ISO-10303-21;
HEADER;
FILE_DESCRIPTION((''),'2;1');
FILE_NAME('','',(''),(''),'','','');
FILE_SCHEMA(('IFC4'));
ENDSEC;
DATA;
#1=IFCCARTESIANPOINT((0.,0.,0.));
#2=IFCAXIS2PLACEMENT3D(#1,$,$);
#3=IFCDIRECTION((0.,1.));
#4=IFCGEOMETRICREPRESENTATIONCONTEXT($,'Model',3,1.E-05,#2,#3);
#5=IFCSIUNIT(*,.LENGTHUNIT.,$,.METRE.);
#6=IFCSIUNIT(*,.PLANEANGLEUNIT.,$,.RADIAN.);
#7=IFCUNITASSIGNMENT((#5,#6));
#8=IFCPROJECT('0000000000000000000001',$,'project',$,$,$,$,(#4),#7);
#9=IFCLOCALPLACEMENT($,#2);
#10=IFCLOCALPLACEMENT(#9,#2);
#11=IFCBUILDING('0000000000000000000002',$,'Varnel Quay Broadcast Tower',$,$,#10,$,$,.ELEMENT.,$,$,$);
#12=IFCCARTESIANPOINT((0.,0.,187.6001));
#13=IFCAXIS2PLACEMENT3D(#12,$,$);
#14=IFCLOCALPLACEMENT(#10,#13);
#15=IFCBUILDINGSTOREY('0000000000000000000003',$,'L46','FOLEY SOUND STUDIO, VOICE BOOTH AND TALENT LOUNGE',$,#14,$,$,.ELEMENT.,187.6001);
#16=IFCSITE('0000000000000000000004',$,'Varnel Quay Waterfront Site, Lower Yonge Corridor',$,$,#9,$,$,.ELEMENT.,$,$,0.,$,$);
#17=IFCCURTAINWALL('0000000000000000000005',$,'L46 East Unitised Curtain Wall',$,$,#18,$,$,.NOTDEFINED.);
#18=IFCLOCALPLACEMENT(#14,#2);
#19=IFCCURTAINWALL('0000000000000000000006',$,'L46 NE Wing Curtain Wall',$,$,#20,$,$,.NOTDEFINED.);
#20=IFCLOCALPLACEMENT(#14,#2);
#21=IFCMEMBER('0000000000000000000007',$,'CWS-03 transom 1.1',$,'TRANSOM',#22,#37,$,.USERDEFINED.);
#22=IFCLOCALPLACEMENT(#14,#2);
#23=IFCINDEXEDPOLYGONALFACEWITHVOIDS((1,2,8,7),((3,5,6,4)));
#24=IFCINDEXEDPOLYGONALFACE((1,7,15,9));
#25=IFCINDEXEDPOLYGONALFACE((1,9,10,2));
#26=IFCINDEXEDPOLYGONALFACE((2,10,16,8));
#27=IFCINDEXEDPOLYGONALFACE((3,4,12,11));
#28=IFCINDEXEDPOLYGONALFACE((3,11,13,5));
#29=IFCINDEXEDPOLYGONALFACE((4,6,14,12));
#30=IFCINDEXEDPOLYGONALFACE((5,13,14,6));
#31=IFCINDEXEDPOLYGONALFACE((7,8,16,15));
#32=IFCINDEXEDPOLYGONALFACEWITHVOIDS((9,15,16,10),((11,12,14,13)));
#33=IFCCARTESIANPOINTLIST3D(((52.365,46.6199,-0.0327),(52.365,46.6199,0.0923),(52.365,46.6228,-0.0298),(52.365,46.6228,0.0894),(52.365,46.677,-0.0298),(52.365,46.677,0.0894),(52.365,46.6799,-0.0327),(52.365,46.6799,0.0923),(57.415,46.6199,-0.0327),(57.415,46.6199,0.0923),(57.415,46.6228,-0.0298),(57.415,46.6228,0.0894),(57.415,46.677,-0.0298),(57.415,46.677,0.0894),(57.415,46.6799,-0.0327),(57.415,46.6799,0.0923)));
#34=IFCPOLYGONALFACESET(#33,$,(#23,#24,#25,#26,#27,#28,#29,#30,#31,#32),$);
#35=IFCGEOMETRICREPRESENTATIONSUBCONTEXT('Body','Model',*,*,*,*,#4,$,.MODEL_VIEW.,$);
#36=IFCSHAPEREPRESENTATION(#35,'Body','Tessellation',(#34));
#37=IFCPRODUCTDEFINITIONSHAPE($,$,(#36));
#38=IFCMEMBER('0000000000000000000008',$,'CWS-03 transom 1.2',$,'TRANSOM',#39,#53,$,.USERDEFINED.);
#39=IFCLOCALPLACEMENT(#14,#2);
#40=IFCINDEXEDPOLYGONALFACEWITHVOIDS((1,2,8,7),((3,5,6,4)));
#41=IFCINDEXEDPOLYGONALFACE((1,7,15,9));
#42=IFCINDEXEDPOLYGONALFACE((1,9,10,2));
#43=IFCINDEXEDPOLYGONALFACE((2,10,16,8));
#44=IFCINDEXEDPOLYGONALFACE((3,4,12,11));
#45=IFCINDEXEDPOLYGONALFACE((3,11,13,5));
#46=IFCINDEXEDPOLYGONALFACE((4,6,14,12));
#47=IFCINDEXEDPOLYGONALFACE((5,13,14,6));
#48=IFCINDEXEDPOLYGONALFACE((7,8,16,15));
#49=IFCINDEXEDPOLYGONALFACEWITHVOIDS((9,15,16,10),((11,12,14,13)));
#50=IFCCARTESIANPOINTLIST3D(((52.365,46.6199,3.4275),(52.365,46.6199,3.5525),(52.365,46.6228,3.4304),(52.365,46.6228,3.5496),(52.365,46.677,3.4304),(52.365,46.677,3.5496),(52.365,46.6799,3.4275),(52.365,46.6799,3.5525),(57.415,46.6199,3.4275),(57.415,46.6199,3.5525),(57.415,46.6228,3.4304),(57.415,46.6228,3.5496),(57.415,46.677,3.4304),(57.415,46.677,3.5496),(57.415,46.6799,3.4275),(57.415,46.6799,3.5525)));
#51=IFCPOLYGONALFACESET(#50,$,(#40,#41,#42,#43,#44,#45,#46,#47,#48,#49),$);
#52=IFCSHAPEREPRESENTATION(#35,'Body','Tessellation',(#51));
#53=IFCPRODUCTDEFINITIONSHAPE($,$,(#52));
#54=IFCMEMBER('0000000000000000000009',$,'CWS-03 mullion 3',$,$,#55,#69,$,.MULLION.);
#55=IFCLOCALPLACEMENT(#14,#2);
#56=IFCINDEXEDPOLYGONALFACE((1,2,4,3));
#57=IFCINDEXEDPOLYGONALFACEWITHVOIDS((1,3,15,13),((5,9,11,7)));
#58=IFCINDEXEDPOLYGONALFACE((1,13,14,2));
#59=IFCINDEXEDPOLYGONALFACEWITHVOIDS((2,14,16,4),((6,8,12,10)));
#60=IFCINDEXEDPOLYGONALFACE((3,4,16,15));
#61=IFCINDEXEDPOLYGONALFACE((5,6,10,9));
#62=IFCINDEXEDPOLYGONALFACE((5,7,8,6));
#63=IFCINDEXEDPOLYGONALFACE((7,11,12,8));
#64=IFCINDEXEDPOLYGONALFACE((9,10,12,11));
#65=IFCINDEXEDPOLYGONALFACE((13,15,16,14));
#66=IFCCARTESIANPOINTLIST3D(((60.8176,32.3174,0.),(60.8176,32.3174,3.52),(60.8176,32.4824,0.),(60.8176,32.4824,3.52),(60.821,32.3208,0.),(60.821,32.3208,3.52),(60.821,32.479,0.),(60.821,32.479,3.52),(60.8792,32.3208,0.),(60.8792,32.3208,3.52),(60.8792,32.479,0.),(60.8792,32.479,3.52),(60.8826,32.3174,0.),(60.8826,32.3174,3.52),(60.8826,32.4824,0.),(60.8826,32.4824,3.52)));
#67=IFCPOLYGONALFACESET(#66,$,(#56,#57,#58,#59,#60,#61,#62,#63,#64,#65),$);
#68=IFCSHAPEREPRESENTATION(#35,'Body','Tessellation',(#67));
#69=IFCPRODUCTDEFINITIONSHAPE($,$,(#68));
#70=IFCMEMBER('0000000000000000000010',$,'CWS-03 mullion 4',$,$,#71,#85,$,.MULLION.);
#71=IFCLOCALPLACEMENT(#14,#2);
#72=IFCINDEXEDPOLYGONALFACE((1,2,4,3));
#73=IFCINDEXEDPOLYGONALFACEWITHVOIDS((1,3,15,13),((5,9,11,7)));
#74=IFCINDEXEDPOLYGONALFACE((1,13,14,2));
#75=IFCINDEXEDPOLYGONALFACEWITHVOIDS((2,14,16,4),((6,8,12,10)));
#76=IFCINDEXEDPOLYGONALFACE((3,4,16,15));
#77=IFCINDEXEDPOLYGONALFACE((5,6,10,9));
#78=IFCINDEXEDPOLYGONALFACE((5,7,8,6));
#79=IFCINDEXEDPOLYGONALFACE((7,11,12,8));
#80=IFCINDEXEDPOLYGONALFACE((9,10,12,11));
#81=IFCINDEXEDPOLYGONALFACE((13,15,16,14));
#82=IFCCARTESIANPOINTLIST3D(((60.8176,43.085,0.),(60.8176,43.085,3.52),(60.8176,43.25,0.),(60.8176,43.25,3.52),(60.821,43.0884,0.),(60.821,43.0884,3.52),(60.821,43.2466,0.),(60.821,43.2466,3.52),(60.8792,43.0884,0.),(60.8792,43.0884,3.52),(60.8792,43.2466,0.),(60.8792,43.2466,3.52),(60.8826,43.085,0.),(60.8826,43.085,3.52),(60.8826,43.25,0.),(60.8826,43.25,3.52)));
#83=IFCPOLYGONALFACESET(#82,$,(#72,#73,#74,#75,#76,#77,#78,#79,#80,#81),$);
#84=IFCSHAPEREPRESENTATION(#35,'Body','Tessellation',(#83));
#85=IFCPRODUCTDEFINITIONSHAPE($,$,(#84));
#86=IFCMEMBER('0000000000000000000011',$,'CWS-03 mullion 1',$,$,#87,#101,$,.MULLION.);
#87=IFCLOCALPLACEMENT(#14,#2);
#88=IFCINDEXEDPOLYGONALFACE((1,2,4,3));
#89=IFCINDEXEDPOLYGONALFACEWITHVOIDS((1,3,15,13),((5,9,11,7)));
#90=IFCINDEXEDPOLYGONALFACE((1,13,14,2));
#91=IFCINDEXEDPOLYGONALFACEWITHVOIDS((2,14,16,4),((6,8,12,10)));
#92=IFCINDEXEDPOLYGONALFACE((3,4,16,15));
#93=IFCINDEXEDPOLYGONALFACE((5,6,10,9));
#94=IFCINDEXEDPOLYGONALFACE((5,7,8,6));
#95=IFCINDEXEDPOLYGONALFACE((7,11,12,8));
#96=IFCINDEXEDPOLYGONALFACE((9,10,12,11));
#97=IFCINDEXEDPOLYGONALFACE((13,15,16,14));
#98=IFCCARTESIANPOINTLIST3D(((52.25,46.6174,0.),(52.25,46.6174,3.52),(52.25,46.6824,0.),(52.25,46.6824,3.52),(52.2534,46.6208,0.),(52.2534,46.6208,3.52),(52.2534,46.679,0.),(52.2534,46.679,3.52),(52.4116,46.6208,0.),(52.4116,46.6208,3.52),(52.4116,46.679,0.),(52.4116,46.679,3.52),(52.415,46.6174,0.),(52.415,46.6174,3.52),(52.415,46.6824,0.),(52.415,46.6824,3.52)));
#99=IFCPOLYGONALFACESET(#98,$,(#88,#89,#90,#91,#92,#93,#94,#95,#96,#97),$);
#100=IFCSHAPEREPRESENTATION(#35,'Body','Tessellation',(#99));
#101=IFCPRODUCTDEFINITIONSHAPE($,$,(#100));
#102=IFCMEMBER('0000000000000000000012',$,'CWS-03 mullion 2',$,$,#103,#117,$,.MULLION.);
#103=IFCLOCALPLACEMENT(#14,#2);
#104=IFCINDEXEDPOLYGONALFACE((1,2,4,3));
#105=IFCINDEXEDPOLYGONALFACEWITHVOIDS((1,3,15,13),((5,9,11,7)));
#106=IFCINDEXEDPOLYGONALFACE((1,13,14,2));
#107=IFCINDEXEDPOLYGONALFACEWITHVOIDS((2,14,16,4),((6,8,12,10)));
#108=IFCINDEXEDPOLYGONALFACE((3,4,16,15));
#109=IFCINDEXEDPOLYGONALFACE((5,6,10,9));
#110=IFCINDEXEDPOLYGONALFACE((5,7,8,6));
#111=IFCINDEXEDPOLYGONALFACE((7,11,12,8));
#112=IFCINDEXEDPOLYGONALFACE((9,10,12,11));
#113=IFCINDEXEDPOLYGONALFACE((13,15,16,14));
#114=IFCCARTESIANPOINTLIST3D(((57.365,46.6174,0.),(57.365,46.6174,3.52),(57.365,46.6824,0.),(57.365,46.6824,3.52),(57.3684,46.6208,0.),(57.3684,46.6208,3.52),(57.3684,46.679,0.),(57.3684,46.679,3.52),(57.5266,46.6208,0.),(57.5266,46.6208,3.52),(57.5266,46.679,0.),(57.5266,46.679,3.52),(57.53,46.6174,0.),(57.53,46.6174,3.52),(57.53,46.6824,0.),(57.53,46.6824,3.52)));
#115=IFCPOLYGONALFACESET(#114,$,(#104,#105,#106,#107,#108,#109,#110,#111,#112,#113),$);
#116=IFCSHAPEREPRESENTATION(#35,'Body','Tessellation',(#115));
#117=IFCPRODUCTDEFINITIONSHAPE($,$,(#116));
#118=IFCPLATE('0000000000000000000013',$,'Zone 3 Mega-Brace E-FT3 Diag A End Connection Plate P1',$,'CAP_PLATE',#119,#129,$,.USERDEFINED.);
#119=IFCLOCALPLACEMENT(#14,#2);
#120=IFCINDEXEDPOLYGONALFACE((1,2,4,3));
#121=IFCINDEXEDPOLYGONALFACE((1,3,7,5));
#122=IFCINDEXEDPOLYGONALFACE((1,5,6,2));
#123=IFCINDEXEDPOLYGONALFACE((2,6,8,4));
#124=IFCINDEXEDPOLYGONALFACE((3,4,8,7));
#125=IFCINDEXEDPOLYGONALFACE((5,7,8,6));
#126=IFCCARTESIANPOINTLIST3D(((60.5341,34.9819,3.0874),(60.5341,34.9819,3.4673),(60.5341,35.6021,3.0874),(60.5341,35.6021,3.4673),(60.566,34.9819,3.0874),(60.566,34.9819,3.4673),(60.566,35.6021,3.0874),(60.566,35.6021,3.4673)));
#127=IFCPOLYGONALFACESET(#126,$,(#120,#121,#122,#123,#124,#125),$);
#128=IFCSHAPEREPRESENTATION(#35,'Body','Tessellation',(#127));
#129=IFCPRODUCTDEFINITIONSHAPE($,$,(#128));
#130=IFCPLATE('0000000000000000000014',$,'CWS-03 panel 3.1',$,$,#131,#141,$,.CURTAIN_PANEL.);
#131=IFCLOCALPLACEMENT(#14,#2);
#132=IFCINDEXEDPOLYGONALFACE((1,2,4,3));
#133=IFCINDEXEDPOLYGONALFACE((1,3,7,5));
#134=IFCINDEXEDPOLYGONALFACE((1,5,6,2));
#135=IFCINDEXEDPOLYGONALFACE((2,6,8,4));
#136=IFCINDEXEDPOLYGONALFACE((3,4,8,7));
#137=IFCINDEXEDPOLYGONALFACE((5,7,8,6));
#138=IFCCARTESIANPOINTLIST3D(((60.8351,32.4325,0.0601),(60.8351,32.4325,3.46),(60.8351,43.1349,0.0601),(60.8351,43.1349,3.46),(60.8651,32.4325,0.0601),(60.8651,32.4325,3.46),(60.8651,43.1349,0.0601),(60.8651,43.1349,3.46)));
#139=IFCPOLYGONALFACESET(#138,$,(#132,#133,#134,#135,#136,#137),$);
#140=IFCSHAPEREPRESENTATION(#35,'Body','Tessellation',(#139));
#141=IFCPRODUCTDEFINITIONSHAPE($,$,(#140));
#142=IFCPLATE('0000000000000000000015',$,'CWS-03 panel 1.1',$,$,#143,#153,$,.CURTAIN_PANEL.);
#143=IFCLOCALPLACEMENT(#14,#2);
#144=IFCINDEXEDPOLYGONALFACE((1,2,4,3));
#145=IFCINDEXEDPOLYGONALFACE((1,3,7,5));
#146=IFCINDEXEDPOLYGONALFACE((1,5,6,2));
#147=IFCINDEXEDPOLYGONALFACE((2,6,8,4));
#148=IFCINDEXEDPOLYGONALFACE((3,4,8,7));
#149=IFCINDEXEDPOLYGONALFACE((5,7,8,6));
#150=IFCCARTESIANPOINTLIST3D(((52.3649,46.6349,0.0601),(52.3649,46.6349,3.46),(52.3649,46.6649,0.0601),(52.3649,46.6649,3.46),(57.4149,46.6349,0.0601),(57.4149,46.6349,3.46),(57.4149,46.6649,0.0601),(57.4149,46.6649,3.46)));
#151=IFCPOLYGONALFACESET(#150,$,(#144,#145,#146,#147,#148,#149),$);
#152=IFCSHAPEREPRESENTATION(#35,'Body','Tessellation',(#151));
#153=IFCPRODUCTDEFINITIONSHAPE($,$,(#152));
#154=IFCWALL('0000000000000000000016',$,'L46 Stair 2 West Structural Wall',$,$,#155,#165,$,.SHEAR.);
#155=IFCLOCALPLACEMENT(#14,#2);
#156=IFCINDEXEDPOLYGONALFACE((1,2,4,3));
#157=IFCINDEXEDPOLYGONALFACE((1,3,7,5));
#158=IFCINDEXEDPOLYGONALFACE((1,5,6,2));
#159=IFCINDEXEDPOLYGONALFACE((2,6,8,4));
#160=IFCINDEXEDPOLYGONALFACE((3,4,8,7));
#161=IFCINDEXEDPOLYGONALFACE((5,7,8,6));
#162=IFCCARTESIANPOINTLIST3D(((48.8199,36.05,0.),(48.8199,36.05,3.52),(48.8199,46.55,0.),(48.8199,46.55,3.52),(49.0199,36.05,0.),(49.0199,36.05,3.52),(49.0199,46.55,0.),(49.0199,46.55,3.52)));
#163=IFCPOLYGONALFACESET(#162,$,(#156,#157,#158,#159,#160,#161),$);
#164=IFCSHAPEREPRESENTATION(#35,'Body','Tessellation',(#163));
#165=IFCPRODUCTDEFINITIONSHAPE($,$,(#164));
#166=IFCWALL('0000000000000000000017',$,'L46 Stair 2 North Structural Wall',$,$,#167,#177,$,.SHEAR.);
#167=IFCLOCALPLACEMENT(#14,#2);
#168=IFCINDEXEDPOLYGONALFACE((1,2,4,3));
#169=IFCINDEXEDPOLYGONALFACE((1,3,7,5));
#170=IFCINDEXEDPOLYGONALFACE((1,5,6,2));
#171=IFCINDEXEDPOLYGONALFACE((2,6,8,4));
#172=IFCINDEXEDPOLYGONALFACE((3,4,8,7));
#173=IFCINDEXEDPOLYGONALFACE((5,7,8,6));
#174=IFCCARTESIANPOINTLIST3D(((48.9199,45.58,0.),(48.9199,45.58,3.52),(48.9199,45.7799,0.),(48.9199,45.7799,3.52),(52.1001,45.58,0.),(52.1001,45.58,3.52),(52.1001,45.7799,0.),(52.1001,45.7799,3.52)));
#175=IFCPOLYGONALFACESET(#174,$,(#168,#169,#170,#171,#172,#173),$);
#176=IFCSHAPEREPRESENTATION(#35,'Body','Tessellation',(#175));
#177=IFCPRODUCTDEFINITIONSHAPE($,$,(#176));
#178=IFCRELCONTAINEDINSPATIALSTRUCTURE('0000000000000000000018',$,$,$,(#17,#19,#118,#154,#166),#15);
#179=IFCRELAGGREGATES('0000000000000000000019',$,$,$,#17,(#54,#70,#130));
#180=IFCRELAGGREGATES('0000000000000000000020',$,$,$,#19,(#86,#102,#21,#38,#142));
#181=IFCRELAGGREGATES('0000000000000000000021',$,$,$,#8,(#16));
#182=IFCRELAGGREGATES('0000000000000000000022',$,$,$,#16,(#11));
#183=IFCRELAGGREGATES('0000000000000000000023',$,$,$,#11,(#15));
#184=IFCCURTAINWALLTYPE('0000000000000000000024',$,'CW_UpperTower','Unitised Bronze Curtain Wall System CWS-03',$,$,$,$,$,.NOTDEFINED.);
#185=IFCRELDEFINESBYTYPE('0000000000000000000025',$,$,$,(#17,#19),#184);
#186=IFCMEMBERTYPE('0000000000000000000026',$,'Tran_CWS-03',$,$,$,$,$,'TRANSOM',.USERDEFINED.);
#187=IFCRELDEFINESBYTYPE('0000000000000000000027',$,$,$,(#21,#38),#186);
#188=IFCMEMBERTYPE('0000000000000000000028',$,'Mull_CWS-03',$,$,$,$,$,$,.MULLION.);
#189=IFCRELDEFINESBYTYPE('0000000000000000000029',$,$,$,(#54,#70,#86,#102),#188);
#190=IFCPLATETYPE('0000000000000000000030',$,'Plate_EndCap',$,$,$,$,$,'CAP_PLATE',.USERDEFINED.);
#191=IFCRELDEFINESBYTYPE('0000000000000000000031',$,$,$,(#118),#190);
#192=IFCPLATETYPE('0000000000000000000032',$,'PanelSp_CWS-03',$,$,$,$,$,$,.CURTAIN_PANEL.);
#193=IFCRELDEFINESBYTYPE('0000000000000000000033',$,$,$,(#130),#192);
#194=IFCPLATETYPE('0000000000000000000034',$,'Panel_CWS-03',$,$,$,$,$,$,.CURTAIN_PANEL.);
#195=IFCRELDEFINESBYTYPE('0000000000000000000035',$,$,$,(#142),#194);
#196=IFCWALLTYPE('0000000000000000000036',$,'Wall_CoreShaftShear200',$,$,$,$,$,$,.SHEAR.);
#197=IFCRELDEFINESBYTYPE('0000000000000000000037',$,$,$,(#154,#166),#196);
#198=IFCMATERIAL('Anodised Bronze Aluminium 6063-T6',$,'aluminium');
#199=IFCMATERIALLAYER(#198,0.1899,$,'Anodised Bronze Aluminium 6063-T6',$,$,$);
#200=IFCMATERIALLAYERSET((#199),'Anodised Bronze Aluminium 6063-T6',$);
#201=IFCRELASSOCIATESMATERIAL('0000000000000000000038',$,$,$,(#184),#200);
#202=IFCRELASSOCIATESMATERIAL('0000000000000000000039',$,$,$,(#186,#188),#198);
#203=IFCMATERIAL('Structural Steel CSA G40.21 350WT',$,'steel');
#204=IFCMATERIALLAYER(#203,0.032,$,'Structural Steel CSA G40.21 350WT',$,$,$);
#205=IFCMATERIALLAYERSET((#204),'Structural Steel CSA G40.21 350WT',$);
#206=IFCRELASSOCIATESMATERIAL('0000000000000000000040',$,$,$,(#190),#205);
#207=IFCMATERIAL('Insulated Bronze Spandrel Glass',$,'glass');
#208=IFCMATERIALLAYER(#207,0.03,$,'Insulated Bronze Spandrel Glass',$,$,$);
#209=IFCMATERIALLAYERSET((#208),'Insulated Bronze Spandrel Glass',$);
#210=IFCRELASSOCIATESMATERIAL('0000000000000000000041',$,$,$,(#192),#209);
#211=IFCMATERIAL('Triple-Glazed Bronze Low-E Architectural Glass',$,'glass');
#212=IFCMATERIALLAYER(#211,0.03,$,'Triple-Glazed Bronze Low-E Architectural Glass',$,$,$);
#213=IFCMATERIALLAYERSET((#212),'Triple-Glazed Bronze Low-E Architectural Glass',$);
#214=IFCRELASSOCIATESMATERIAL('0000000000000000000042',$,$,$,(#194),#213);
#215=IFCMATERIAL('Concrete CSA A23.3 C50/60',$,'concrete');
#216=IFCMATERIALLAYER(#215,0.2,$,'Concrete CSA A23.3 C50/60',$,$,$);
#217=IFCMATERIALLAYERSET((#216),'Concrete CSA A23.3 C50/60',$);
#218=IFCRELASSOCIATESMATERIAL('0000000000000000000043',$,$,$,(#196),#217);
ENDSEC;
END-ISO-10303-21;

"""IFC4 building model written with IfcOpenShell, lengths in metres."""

from ifc_helpers import new_model, si_unit, direction, frame, frame_2d, origin, origin_2d, place, context, subcontext, project, spatial, rectangle, hollow_rectangle, extrude, source, transform, mapped, material, layer, layer_set, material_profile, profile_set, type_object, type_shapes, element, aggregate, save


model = new_model("IFC4")

# Units and contexts
model_context = context("Model", 3, precision=1e-05, world=origin(), true_north=direction((0.0, 1.0)))
body_context = subcontext(model_context, "Body", "Model", "MODEL_VIEW")
ifc_project = project(units=[si_unit("LENGTHUNIT", "METRE"), si_unit("PLANEANGLEUNIT", "RADIAN")], contexts=[model_context])

# Site, building, storey
site_placement = place(None, origin())
site = spatial("IfcSite", under=ifc_project, at=site_placement, Name="Varnel Quay Waterfront Site, Lower Yonge Corridor", CompositionType="ELEMENT", RefElevation=0.0)
building_placement = place(site_placement, origin())
building = spatial("IfcBuilding", under=site, at=building_placement, Name="Varnel Quay Broadcast Tower", CompositionType="ELEMENT")
storey_placement = place(building_placement, frame((0.0, 0.0, 187.6001)))
storey = spatial("IfcBuildingStorey", under=building, at=storey_placement, Name="L46", Description="FOLEY SOUND STUDIO, VOICE BOOTH AND TALENT LOUNGE", CompositionType="ELEMENT", Elevation=187.6001)

# Shared definitions
ifc_material_1 = material(Name="Structural Steel CSA G40.21 350WT", Category="steel")

# Curtain walls, members
ifc_material_2 = material(Name="Anodised Bronze Aluminium 6063-T6", Category="aluminium")
ifc_layer_1 = layer(ifc_material_2, 0.1899, Name="Anodised Bronze Aluminium 6063-T6")
ifc_layer_set_1 = layer_set([ifc_layer_1], Name="Anodised Bronze Aluminium 6063-T6")
curtain_wall_type = type_object("IfcCurtainWallType", Name="CW_UpperTower", Description="Unitised Bronze Curtain Wall System CWS-03", PredefinedType="NOTDEFINED", material=ifc_layer_set_1)
curtain_wall_1_placement = place(storey_placement, origin())
curtain_wall_1 = element("IfcCurtainWall", 1, at=curtain_wall_1_placement, inside=storey, type_object=curtain_wall_type, Name="L46 East Unitised Curtain Wall", PredefinedType="NOTDEFINED")
ifc_material_profile_1 = material_profile(ifc_material_2, hollow_rectangle(XDim=0.0601, YDim=0.125, WallThickness=0.0029, at=origin_2d()), Name="ALU60X125X3")
ifc_profile_set_1 = profile_set([ifc_material_profile_1], Name="Anodised Bronze Aluminium 6063-T6")
member_type_1 = type_object("IfcMemberType", Name="Tran_CWS-03", ElementType="TRANSOM", PredefinedType="USERDEFINED", material=ifc_profile_set_1)
curtain_wall_2_placement = place(storey_placement, origin())
curtain_wall_2 = element("IfcCurtainWall", 2, at=curtain_wall_2_placement, inside=storey, type_object=curtain_wall_type, Name="L46 NE Wing Curtain Wall", PredefinedType="NOTDEFINED")
shared_shape_1 = source(origin(), body_context, "Body", "SweptSolid", [
    extrude(hollow_rectangle(XDim=0.0601, YDim=0.125, WallThickness=0.0029, at=origin_2d()), origin(), (0.0, 0.0, 1.0), 5.05),
])
member_1_placement = place(storey_placement, frame((52.365, 46.6499, 0.0298), z_axis=(1.0, 0.0, 0.0), x_axis=(0.0, 1.0, 0.0)))
member_1 = element("IfcMember", 3, at=member_1_placement, type_object=member_type_1, Name="CWS-03 transom 1.1", ObjectType="TRANSOM", PredefinedType="USERDEFINED", context=body_context, shape_type="MappedRepresentation", body=[
    mapped(shared_shape_1, transform((0.0, 0.0, 0.0), x_axis=(1.0, 0.0, 0.0), y_axis=(0.0, 1.0, 0.0), z_axis=(0.0, 0.0, 1.0), scale=1.0)),
])
member_2_placement = place(storey_placement, frame((52.365, 46.6499, 3.49), z_axis=(1.0, 0.0, 0.0), x_axis=(0.0, 1.0, 0.0)))
member_2 = element("IfcMember", 4, at=member_2_placement, type_object=member_type_1, Name="CWS-03 transom 1.2", ObjectType="TRANSOM", PredefinedType="USERDEFINED", context=body_context, shape_type="MappedRepresentation", body=[
    mapped(shared_shape_1, transform((0.0, 0.0, 0.0), x_axis=(1.0, 0.0, 0.0), y_axis=(0.0, 1.0, 0.0), z_axis=(0.0, 0.0, 1.0), scale=1.0)),
])

# Members
ifc_material_profile_2 = material_profile(ifc_material_2, hollow_rectangle(XDim=0.0649, YDim=0.165, WallThickness=0.0034, at=origin_2d()), Name="ALU65X165X3.5")
ifc_profile_set_2 = profile_set([ifc_material_profile_2], Name="Anodised Bronze Aluminium 6063-T6")
member_type_2 = type_object("IfcMemberType", Name="Mull_CWS-03", PredefinedType="MULLION", material=ifc_profile_set_2)
shared_shape_2 = source(origin(), body_context, "Body", "SweptSolid", [
    extrude(hollow_rectangle(XDim=0.0649, YDim=0.165, WallThickness=0.0034, at=origin_2d()), origin(), (0.0, 0.0, 1.0), 3.52),
])
type_shapes(member_type_2, [shared_shape_2])
member_3_placement = place(storey_placement, frame((60.8501, 32.3999, 0.0), z_axis=(0.0, 0.0, 1.0), x_axis=(-1.0, 0.0, 0.0)))
member_3 = element("IfcMember", 5, at=member_3_placement, type_object=member_type_2, Name="CWS-03 mullion 3", PredefinedType="MULLION", context=body_context, shape_type="MappedRepresentation", body=[
    mapped(shared_shape_2, transform((0.0, 0.0, 0.0), x_axis=(1.0, 0.0, 0.0), y_axis=(0.0, 1.0, 0.0), z_axis=(0.0, 0.0, 1.0), scale=1.0)),
])
member_4_placement = place(storey_placement, frame((60.8501, 43.1675, 0.0), z_axis=(0.0, 0.0, 1.0), x_axis=(-1.0, 0.0, 0.0)))
member_4 = element("IfcMember", 6, at=member_4_placement, type_object=member_type_2, Name="CWS-03 mullion 4", PredefinedType="MULLION", context=body_context, shape_type="MappedRepresentation", body=[
    mapped(shared_shape_2, transform((0.0, 0.0, 0.0), x_axis=(1.0, 0.0, 0.0), y_axis=(0.0, 1.0, 0.0), z_axis=(0.0, 0.0, 1.0), scale=1.0)),
])
member_5_placement = place(storey_placement, frame((52.3325, 46.6499, 0.0), z_axis=(0.0, 0.0, 1.0), x_axis=(0.0, 1.0, 0.0)))
member_5 = element("IfcMember", 7, at=member_5_placement, type_object=member_type_2, Name="CWS-03 mullion 1", PredefinedType="MULLION", context=body_context, shape_type="MappedRepresentation", body=[
    mapped(shared_shape_2, transform((0.0, 0.0, 0.0), x_axis=(1.0, 0.0, 0.0), y_axis=(0.0, 1.0, 0.0), z_axis=(0.0, 0.0, 1.0), scale=1.0)),
])
member_6_placement = place(storey_placement, frame((57.4475, 46.6499, 0.0), z_axis=(0.0, 0.0, 1.0), x_axis=(0.0, 1.0, 0.0)))
member_6 = element("IfcMember", 8, at=member_6_placement, type_object=member_type_2, Name="CWS-03 mullion 2", PredefinedType="MULLION", context=body_context, shape_type="MappedRepresentation", body=[
    mapped(shared_shape_2, transform((0.0, 0.0, 0.0), x_axis=(1.0, 0.0, 0.0), y_axis=(0.0, 1.0, 0.0), z_axis=(0.0, 0.0, 1.0), scale=1.0)),
])

# Plates
ifc_layer_2 = layer(ifc_material_1, 0.032, Name="Structural Steel CSA G40.21 350WT")
ifc_layer_set_2 = layer_set([ifc_layer_2], Name="Structural Steel CSA G40.21 350WT")
plate_type_1 = type_object("IfcPlateType", Name="Plate_EndCap", ElementType="CAP_PLATE", PredefinedType="USERDEFINED", material=ifc_layer_set_2)
shared_shape_3 = source(origin(), body_context, "Body", "SweptSolid", [
    extrude(rectangle(XDim=0.6201, YDim=0.032, at=origin_2d()), origin(), (0.0, 0.0, 1.0), 0.3799),
])
type_shapes(plate_type_1, [shared_shape_3])
plate_1_placement = place(storey_placement, frame((60.55, 35.292, 3.0874), z_axis=(0.0, 0.0, 1.0), x_axis=(0.0, 1.0, 0.0)))
element("IfcPlate", 9, at=plate_1_placement, inside=storey, type_object=plate_type_1, Name="Zone 3 Mega-Brace E-FT3 Diag A End Connection Plate P1", ObjectType="CAP_PLATE", PredefinedType="USERDEFINED", context=body_context, shape_type="MappedRepresentation", body=[
    mapped(shared_shape_3, transform((0.0, 0.0, 0.0), x_axis=(1.0, 0.0, 0.0), y_axis=(0.0, 1.0, 0.0), z_axis=(0.0, 0.0, 1.0), scale=1.0)),
])
ifc_material_3 = material(Name="Insulated Bronze Spandrel Glass", Category="glass")
ifc_layer_3 = layer(ifc_material_3, 0.03, Name="Insulated Bronze Spandrel Glass")
ifc_layer_set_3 = layer_set([ifc_layer_3], Name="Insulated Bronze Spandrel Glass")
plate_type_2 = type_object("IfcPlateType", Name="PanelSp_CWS-03", PredefinedType="CURTAIN_PANEL", material=ifc_layer_set_3)
shared_shape_4 = source(origin(), body_context, "Body", "SweptSolid", [
    extrude(rectangle(XDim=10.7024, YDim=0.03, at=origin_2d()), origin(), (0.0, 0.0, 1.0), 3.3999),
])
type_shapes(plate_type_2, [shared_shape_4])
plate_2_placement = place(storey_placement, frame((60.8501, 37.7837, 0.0601), z_axis=(0.0, 0.0, 1.0), x_axis=(0.0, 1.0, 0.0)))
plate_2 = element("IfcPlate", 10, at=plate_2_placement, type_object=plate_type_2, Name="CWS-03 panel 3.1", PredefinedType="CURTAIN_PANEL", context=body_context, shape_type="MappedRepresentation", body=[
    mapped(shared_shape_4, transform((0.0, 0.0, 0.0), x_axis=(1.0, 0.0, 0.0), y_axis=(0.0, 1.0, 0.0), z_axis=(0.0, 0.0, 1.0), scale=1.0)),
])
aggregate(curtain_wall_1, [member_3, member_4, plate_2])
ifc_material_4 = material(Name="Triple-Glazed Bronze Low-E Architectural Glass", Category="glass")
ifc_layer_4 = layer(ifc_material_4, 0.03, Name="Triple-Glazed Bronze Low-E Architectural Glass")
ifc_layer_set_4 = layer_set([ifc_layer_4], Name="Triple-Glazed Bronze Low-E Architectural Glass")
plate_type_3 = type_object("IfcPlateType", Name="Panel_CWS-03", PredefinedType="CURTAIN_PANEL", material=ifc_layer_set_4)
shared_shape_5 = source(origin(), body_context, "Body", "SweptSolid", [
    extrude(rectangle(XDim=5.05, YDim=0.03, at=origin_2d()), origin(), (0.0, 0.0, 1.0), 3.3999),
])
type_shapes(plate_type_3, [shared_shape_5])
plate_3_placement = place(storey_placement, frame((54.8899, 46.6499, 0.0601), z_axis=(0.0, 0.0, 1.0), x_axis=(1.0, 0.0, 0.0)))
plate_3 = element("IfcPlate", 11, at=plate_3_placement, type_object=plate_type_3, Name="CWS-03 panel 1.1", PredefinedType="CURTAIN_PANEL", context=body_context, shape_type="MappedRepresentation", body=[
    mapped(shared_shape_5, transform((0.0, 0.0, 0.0), x_axis=(1.0, 0.0, 0.0), y_axis=(0.0, 1.0, 0.0), z_axis=(0.0, 0.0, 1.0), scale=1.0)),
])
aggregate(curtain_wall_2, [member_5, member_6, member_1, member_2, plate_3])

# Walls
ifc_material_5 = material(Name="Concrete CSA A23.3 C50/60", Category="concrete")
ifc_layer_5 = layer(ifc_material_5, 0.2, Name="Concrete CSA A23.3 C50/60")
ifc_layer_set_5 = layer_set([ifc_layer_5], Name="Concrete CSA A23.3 C50/60")
wall_type_1 = type_object("IfcWallType", Name="Wall_CoreShaftShear200", PredefinedType="SHEAR", material=ifc_layer_set_5)
wall_1_placement = place(storey_placement, frame((48.9199, 36.05, 0.0), z_axis=(0.0, 0.0, 1.0), x_axis=(0.0, 1.0, 0.0)))
element("IfcWall", 12, at=wall_1_placement, inside=storey, type_object=wall_type_1, Name="L46 Stair 2 West Structural Wall", PredefinedType="SHEAR", context=body_context, shape_type="SweptSolid", body=[
    extrude(rectangle(XDim=10.5, YDim=0.2, at=frame_2d((5.25, 0.0))), origin(), (0.0, 0.0, 1.0), 3.52),
])
wall_2_placement = place(storey_placement, frame((48.9199, 45.6799, 0.0), z_axis=(0.0, 0.0, 1.0), x_axis=(1.0, 0.0, 0.0)))
element("IfcWall", 13, at=wall_2_placement, inside=storey, type_object=wall_type_1, Name="L46 Stair 2 North Structural Wall", PredefinedType="SHEAR", context=body_context, shape_type="SweptSolid", body=[
    extrude(rectangle(XDim=3.1802, YDim=0.2, at=frame_2d((1.5901, 0.0))), origin(), (0.0, 0.0, 1.0), 3.52),
])

save(model, "model.ifc")
